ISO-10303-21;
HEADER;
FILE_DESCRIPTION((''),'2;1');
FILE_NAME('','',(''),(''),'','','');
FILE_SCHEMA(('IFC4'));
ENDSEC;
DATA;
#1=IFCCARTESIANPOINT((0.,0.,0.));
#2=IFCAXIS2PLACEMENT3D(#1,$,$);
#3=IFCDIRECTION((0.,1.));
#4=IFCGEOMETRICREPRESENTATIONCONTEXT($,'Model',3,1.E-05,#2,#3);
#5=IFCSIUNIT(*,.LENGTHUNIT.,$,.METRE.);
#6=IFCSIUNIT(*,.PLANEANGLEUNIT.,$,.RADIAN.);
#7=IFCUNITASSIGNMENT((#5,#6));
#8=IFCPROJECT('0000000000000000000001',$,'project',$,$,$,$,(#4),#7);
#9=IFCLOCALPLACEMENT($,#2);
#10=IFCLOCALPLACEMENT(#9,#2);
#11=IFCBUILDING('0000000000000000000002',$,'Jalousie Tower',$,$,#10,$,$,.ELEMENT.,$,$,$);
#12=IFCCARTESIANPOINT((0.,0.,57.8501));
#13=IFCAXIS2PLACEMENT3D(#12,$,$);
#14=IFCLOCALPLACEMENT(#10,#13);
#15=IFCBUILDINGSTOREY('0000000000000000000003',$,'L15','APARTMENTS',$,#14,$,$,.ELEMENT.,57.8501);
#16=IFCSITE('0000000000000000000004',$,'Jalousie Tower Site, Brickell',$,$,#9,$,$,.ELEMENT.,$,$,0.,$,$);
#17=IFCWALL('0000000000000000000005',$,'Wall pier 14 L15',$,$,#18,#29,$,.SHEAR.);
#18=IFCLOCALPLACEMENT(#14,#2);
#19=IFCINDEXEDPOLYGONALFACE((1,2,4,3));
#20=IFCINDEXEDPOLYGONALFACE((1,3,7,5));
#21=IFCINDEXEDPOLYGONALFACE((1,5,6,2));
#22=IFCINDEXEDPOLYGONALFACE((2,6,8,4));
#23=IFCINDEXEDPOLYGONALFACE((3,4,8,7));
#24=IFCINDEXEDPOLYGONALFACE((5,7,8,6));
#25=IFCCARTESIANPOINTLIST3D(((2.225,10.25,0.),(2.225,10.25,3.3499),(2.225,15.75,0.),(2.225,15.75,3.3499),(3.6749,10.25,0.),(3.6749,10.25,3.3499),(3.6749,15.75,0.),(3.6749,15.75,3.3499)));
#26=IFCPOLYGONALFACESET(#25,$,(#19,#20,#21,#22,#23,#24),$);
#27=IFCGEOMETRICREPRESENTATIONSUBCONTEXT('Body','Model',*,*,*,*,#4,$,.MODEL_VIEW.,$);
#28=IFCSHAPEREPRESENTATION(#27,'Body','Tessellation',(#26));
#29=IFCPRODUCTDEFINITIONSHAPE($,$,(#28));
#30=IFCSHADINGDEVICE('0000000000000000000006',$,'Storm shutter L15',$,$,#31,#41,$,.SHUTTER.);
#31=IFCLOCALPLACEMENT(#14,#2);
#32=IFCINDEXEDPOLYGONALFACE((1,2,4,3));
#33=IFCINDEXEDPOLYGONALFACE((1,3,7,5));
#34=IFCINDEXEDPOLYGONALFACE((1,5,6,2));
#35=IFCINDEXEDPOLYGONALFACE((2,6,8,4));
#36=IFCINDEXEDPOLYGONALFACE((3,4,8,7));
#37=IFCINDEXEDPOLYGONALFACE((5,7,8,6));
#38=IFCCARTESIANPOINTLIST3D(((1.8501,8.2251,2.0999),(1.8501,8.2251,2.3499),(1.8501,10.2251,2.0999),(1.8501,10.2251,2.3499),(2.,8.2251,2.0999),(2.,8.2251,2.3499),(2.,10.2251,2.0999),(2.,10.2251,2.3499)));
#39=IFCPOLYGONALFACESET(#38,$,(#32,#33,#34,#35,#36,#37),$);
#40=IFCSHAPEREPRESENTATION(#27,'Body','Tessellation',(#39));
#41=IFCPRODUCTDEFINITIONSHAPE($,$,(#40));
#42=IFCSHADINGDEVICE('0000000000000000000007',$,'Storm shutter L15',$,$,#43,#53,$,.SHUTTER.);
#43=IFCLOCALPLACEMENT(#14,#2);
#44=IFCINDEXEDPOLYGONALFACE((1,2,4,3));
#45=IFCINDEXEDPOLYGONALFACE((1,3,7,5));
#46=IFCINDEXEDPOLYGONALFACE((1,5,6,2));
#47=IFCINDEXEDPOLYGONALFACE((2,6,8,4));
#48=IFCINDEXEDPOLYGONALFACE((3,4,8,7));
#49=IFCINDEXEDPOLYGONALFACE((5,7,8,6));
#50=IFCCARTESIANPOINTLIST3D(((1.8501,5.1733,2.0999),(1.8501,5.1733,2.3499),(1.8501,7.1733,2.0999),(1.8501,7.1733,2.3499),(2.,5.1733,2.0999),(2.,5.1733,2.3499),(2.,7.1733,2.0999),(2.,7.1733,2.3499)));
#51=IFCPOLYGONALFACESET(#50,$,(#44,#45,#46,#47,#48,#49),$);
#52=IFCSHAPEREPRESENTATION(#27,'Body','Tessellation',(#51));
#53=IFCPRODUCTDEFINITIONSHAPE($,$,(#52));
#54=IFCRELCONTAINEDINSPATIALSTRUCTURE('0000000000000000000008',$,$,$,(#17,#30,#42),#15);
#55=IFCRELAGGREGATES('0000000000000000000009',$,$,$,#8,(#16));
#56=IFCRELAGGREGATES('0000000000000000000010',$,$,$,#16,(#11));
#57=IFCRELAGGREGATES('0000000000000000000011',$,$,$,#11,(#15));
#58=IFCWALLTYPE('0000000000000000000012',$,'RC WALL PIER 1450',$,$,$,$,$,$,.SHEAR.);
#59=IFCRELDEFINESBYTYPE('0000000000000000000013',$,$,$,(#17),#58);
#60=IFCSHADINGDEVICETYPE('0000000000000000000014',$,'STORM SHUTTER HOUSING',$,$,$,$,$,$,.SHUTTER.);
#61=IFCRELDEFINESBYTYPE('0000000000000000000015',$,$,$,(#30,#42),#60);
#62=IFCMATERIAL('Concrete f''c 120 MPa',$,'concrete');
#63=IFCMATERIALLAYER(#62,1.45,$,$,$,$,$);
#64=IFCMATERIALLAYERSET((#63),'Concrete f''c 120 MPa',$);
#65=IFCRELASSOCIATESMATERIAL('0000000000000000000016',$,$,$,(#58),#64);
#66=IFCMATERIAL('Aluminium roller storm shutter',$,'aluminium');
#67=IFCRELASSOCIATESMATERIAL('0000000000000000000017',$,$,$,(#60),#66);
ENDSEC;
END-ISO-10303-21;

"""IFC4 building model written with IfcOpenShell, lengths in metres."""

from ifc_helpers import new_model, si_unit, direction, frame, frame_2d, origin, origin_2d, place, context, subcontext, project, spatial, rectangle, extrude, material, layer, layer_set, type_object, element, save


model = new_model("IFC4")

# Units and contexts
model_context = context("Model", 3, precision=1e-05, world=origin(), true_north=direction((0.0, 1.0)))
body_context = subcontext(model_context, "Body", "Model", "MODEL_VIEW")
ifc_project = project(units=[si_unit("LENGTHUNIT", "METRE"), si_unit("PLANEANGLEUNIT", "RADIAN")], contexts=[model_context])

# Site, building, storey
site_placement = place(None, origin())
site = spatial("IfcSite", under=ifc_project, at=site_placement, Name="Jalousie Tower Site, Brickell", CompositionType="ELEMENT", RefElevation=0.0)
building_placement = place(site_placement, origin())
building = spatial("IfcBuilding", under=site, at=building_placement, Name="Jalousie Tower", CompositionType="ELEMENT")
storey_placement = place(building_placement, frame((0.0, 0.0, 57.8501)))
storey = spatial("IfcBuildingStorey", under=building, at=storey_placement, Name="L15", Description="APARTMENTS", CompositionType="ELEMENT", Elevation=57.8501)

# Wall
ifc_material_1 = material(Name="Concrete f'c 120 MPa", Category="concrete")
ifc_layer_1 = layer(ifc_material_1, 1.45)
ifc_layer_set_1 = layer_set([ifc_layer_1], Name="Concrete f'c 120 MPa")
wall_type_1 = type_object("IfcWallType", Name="RC WALL PIER 1450", PredefinedType="SHEAR", material=ifc_layer_set_1)
wall_1_placement = place(storey_placement, frame((2.95, 10.25, 0.0), z_axis=(0.0, 0.0, 1.0), x_axis=(0.0, 1.0, 0.0)))
element("IfcWall", 1, at=wall_1_placement, inside=storey, type_object=wall_type_1, Name="Wall pier 14 L15", PredefinedType="SHEAR", context=body_context, shape_type="SweptSolid", body=[
    extrude(rectangle(XDim=5.5, YDim=1.45, at=frame_2d((2.75, 0.0))), origin(), (0.0, 0.0, 1.0), 3.3499),
])

# Shading devices
ifc_material_2 = material(Name="Aluminium roller storm shutter", Category="aluminium")
shading_device_type = type_object("IfcShadingDeviceType", Name="STORM SHUTTER HOUSING", PredefinedType="SHUTTER", material=ifc_material_2)
for number, where, z_axis, x_axis, name in (
    (2, (1.925, 9.2251, 2.0999), (0.0, 0.0, 1.0), (0.0, -1.0, 0.0), "Storm shutter L15"),
    (3, (1.925, 6.1733, 2.0999), (0.0, 0.0, 1.0), (0.0, -1.0, 0.0), "Storm shutter L15"),
):
    element("IfcShadingDevice", number, at=place(storey_placement, frame(where, z_axis=z_axis, x_axis=x_axis)), inside=storey, type_object=shading_device_type, Name=name, PredefinedType="SHUTTER", context=body_context, shape_type="SweptSolid", body=[
        extrude(rectangle(XDim=2.0, YDim=0.1499, at=origin_2d()), origin(), (0.0, 0.0, 1.0), 0.25),
    ])

save(model, "model.ifc")
